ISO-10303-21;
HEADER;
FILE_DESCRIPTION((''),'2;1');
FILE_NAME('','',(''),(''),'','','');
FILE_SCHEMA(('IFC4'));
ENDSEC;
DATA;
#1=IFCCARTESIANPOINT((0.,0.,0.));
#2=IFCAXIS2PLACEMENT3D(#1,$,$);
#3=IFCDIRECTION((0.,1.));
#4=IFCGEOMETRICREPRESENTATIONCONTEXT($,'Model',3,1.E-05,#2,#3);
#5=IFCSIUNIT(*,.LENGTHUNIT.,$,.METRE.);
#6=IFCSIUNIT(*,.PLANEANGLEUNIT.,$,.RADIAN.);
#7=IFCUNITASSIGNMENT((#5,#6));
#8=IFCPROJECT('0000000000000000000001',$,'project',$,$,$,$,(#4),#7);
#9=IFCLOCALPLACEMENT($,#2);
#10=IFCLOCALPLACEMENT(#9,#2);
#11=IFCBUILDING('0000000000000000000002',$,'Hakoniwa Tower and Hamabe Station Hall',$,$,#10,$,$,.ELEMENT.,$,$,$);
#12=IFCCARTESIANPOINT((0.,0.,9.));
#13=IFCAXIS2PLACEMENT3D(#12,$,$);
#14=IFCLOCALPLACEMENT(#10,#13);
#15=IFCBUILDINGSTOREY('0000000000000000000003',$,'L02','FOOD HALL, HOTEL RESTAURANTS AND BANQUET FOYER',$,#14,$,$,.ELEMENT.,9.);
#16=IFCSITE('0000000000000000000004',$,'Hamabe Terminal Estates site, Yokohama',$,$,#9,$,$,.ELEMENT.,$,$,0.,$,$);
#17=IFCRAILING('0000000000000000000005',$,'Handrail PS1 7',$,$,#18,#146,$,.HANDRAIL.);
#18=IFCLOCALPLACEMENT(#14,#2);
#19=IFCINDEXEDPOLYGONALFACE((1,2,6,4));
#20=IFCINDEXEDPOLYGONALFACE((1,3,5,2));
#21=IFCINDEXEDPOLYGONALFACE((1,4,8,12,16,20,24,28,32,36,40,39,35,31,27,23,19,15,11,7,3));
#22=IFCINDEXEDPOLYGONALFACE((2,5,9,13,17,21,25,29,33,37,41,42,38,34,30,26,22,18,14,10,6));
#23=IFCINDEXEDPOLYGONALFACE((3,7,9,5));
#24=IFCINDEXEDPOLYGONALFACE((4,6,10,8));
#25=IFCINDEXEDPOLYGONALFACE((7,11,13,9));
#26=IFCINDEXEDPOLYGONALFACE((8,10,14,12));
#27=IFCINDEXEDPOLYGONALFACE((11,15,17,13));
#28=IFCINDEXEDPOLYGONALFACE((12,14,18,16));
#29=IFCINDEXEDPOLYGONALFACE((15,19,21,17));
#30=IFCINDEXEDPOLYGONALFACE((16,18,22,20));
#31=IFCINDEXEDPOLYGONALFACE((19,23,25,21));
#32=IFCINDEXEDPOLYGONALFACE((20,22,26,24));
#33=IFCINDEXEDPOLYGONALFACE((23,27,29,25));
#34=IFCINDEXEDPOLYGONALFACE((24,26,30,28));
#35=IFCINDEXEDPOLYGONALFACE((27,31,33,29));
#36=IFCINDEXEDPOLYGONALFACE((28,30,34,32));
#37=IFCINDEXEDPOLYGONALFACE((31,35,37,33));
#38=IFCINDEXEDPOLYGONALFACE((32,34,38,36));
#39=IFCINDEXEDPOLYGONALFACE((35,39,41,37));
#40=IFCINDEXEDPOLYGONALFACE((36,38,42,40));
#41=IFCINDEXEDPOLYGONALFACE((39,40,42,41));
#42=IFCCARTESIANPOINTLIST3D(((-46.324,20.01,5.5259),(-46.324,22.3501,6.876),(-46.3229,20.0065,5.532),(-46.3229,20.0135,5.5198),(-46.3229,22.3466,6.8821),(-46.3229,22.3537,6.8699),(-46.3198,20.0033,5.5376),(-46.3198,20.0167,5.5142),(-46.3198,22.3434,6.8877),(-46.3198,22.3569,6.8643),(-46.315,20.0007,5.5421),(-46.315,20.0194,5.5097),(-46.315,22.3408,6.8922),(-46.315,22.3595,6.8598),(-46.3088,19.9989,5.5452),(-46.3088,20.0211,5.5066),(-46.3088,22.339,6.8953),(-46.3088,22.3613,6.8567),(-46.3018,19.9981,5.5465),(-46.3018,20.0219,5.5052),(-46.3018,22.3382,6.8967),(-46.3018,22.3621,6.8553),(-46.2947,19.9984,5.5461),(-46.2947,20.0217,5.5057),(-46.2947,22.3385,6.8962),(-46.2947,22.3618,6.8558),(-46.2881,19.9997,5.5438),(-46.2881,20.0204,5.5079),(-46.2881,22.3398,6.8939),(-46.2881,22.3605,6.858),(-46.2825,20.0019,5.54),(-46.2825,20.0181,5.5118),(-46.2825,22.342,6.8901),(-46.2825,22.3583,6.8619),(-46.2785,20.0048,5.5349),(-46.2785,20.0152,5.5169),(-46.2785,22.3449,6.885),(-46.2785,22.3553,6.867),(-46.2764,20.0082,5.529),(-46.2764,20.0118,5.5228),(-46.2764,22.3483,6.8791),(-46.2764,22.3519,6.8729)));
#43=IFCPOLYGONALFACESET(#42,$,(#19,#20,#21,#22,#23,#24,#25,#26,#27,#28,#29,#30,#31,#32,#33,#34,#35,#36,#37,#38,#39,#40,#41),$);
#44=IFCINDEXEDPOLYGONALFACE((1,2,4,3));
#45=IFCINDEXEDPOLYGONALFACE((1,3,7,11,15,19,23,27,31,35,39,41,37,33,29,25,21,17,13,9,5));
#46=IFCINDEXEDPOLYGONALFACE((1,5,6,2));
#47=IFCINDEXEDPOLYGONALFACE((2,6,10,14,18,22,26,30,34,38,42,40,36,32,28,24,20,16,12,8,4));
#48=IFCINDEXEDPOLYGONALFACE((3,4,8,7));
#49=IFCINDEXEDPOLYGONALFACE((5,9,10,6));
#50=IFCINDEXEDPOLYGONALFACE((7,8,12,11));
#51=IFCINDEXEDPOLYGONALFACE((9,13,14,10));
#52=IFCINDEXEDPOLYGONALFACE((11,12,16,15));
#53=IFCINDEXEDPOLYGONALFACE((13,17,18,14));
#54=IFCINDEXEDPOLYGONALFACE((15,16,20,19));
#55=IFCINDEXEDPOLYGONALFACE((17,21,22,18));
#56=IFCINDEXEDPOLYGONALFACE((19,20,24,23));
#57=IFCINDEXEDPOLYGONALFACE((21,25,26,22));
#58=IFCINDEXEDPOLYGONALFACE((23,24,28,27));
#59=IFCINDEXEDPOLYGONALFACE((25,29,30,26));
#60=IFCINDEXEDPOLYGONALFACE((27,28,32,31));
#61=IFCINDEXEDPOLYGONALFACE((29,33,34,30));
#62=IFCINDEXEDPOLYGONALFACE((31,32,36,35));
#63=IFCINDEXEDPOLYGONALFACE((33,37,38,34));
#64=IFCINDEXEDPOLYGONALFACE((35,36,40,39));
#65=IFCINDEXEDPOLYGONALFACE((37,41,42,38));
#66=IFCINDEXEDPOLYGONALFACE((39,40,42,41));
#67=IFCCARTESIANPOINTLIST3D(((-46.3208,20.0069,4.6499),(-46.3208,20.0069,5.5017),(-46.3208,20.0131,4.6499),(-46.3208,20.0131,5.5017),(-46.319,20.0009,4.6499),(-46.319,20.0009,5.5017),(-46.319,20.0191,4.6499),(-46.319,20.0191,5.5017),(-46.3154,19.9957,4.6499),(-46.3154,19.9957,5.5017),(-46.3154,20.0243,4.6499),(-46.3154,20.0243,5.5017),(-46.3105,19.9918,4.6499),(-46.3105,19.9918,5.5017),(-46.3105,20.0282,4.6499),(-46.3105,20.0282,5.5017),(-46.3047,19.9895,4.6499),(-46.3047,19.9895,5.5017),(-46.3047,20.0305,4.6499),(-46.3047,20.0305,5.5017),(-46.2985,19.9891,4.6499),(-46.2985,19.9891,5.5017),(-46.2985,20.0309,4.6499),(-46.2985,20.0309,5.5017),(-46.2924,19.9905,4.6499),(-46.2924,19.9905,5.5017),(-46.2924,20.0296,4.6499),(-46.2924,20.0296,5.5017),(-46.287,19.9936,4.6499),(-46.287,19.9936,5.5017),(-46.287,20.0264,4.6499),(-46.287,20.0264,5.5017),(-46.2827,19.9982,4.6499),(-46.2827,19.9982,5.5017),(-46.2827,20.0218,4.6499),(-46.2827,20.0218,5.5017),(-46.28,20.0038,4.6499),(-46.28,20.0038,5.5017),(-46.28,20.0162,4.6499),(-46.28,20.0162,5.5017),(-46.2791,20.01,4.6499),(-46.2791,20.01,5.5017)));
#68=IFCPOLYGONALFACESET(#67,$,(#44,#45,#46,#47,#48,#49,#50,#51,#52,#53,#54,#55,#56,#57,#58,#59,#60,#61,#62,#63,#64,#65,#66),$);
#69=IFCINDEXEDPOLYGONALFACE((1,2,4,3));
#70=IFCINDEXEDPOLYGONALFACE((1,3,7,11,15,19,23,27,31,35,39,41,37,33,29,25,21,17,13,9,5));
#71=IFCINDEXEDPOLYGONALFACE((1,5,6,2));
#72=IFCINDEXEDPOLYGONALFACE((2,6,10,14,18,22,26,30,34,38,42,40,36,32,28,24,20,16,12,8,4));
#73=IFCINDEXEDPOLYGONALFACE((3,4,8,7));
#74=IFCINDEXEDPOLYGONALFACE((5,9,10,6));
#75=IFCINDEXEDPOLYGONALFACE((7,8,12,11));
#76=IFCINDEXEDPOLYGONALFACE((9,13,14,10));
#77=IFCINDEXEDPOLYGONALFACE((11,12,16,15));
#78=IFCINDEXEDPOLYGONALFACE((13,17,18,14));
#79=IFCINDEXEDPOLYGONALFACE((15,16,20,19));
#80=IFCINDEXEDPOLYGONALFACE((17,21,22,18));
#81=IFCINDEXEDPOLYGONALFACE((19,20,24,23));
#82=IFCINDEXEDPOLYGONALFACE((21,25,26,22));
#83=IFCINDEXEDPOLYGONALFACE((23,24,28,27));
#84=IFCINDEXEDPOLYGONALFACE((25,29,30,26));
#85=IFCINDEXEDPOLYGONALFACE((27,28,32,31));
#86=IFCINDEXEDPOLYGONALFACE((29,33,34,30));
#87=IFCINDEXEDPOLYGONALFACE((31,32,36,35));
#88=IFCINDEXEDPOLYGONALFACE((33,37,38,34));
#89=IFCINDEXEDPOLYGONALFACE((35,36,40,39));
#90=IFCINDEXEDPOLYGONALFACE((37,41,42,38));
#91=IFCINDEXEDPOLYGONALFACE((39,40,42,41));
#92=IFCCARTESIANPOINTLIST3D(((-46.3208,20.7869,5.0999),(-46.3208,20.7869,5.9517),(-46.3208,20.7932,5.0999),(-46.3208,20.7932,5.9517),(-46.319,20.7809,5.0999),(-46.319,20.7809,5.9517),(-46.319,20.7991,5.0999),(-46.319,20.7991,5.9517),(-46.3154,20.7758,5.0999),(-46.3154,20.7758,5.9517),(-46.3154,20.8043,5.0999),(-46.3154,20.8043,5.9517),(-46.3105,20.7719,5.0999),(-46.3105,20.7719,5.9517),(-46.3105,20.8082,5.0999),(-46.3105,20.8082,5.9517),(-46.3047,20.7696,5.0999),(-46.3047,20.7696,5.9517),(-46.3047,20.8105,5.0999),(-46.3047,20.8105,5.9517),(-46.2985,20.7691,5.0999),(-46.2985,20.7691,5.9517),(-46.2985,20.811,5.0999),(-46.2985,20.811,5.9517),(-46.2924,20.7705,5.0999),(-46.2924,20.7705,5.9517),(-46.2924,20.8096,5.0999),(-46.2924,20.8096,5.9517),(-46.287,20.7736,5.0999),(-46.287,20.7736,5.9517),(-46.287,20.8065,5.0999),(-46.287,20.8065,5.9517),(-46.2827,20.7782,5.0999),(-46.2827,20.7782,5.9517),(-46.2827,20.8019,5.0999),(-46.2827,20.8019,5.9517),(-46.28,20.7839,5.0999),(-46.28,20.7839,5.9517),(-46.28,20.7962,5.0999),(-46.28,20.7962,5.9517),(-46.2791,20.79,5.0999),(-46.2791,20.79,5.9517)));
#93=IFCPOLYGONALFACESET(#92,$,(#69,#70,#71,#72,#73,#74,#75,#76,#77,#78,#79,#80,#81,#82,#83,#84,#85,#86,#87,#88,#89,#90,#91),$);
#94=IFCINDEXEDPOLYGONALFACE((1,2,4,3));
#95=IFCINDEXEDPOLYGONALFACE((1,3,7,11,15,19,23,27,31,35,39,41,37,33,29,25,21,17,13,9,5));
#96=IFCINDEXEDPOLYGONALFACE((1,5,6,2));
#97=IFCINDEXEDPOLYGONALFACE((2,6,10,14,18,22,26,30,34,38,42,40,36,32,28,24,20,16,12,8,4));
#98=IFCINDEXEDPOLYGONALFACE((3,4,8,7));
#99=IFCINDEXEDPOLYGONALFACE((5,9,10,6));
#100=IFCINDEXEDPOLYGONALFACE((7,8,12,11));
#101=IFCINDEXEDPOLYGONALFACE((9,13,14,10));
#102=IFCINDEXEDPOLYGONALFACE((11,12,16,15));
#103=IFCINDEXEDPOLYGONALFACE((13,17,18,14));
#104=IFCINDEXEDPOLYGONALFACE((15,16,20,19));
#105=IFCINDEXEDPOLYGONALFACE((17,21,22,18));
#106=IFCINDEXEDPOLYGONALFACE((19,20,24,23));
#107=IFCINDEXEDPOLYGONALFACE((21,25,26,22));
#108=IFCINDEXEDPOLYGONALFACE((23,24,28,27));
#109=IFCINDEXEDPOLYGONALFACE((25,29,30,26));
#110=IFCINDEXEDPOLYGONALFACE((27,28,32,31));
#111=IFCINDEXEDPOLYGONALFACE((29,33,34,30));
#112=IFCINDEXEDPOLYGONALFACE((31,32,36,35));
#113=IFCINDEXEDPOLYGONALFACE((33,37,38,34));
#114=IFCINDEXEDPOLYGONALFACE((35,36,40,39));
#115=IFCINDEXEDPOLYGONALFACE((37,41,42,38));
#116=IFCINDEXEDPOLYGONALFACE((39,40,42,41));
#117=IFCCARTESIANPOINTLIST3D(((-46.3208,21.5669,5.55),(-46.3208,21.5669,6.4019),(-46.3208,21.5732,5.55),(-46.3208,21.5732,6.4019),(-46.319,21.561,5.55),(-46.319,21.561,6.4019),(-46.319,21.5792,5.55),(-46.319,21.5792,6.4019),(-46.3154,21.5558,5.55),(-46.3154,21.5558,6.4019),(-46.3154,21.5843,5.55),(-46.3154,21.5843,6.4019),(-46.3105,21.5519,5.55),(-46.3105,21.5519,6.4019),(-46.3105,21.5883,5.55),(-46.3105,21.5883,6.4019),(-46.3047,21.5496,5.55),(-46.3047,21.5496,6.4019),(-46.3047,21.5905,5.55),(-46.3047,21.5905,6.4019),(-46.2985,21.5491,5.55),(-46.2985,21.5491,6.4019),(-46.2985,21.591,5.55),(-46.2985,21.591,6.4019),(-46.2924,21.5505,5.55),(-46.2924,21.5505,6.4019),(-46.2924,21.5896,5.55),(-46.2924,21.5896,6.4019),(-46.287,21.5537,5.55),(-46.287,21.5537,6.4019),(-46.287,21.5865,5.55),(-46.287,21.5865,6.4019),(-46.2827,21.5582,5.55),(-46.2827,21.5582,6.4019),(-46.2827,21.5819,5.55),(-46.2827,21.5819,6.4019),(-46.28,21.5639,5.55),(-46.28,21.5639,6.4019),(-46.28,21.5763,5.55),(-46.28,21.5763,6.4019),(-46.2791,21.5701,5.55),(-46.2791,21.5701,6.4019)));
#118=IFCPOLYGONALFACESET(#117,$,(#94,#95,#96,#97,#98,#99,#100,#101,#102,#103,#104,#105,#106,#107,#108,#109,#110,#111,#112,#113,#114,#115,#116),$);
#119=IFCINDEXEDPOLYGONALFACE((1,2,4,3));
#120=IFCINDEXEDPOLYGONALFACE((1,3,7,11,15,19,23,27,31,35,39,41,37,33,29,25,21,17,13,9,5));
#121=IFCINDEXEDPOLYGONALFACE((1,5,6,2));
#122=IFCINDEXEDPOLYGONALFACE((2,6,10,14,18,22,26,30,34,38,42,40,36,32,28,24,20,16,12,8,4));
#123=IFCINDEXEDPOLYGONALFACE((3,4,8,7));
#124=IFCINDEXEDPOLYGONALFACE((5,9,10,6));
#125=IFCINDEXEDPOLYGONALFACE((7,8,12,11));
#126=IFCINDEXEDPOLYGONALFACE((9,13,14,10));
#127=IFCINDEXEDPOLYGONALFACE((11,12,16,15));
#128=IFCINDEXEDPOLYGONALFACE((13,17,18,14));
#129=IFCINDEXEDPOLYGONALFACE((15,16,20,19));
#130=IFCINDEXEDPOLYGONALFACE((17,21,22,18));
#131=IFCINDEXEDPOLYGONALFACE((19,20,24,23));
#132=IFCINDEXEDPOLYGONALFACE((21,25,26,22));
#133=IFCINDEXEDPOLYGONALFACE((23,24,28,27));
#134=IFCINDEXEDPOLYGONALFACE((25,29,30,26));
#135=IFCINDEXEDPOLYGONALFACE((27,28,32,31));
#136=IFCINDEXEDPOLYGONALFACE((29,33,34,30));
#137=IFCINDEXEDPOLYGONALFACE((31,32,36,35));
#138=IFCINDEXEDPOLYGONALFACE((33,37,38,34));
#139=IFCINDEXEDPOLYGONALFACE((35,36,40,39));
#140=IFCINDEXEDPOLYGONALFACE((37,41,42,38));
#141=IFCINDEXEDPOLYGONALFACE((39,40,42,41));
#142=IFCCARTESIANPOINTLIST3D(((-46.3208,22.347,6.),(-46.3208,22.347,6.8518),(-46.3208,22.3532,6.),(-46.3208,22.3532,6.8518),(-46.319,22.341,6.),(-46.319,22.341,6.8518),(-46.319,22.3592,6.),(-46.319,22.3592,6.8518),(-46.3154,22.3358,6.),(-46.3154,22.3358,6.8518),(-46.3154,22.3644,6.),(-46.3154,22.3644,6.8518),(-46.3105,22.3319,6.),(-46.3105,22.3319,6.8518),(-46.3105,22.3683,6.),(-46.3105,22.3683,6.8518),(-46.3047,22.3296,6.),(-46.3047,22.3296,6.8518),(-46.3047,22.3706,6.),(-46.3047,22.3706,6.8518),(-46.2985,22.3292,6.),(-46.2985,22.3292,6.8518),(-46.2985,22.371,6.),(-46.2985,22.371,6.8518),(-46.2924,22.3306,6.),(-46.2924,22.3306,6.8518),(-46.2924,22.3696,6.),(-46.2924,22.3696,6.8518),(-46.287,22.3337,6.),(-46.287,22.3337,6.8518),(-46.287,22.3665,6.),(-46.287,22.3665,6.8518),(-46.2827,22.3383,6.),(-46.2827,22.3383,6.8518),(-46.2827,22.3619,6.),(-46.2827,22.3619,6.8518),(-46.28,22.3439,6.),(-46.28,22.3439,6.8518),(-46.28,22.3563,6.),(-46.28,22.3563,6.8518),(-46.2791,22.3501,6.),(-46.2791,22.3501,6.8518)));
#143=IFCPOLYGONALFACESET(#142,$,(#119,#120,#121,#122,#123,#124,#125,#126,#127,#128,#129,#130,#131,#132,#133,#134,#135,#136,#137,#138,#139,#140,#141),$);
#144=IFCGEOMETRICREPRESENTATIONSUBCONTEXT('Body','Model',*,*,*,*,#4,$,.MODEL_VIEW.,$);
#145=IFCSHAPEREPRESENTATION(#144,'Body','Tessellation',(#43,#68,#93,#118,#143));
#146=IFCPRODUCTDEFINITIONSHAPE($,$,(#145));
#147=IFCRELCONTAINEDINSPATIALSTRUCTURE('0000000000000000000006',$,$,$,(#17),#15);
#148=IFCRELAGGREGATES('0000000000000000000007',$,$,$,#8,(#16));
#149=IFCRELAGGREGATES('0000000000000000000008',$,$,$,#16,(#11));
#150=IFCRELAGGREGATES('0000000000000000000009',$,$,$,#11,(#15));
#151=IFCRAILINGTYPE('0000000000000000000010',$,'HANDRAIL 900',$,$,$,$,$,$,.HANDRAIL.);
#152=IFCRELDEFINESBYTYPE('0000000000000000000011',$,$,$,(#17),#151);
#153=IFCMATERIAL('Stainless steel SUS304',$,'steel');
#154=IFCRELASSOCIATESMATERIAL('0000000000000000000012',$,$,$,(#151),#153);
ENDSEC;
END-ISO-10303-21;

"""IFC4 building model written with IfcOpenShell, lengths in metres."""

from ifc_helpers import new_model, si_unit, direction, frame, origin, origin_2d, place, context, subcontext, project, spatial, circle, extrude, material, type_object, element, save


model = new_model("IFC4")

# Units and contexts
model_context = context("Model", 3, precision=1e-05, world=origin(), true_north=direction((0.0, 1.0)))
body_context = subcontext(model_context, "Body", "Model", "MODEL_VIEW")
ifc_project = project(units=[si_unit("LENGTHUNIT", "METRE"), si_unit("PLANEANGLEUNIT", "RADIAN")], contexts=[model_context])

# Site, building, storey
site_placement = place(None, origin())
site = spatial("IfcSite", under=ifc_project, at=site_placement, Name="Hamabe Terminal Estates site, Yokohama", CompositionType="ELEMENT", RefElevation=0.0)
building_placement = place(site_placement, origin())
building = spatial("IfcBuilding", under=site, at=building_placement, Name="Hakoniwa Tower and Hamabe Station Hall", CompositionType="ELEMENT")
storey_placement = place(building_placement, frame((0.0, 0.0, 9.0)))
storey = spatial("IfcBuildingStorey", under=building, at=storey_placement, Name="L02", Description="FOOD HALL, HOTEL RESTAURANTS AND BANQUET FOYER", CompositionType="ELEMENT", Elevation=9.0)

# Railing
ifc_material_1 = material(Name="Stainless steel SUS304", Category="steel")
railing_type_1 = type_object("IfcRailingType", Name="HANDRAIL 900", PredefinedType="HANDRAIL", material=ifc_material_1)
for number, where, name in (
    (1, (-46.3, 20.01, 4.6499), "Handrail PS1 7"),
):
    element("IfcRailing", number, at=place(storey_placement, frame(where)), inside=storey, type_object=railing_type_1, Name=name, PredefinedType="HANDRAIL", context=body_context, shape_type="SweptSolid", body=[
        extrude(circle(Radius=0.0239, at=origin_2d()), frame((0.0, 0.0, 0.876), z_axis=(0.0, 0.866178, 0.499735), x_axis=(-1.0, 0.0, 0.0)), (0.0, 0.0, 1.0), 2.7017),
        extrude(circle(Radius=0.021, at=origin_2d()), origin(), (0.0, 0.0, 1.0), 0.8518),
        extrude(circle(Radius=0.021, at=origin_2d()), frame((0.0, 0.78, 0.45)), (0.0, 0.0, 1.0), 0.8518),
        extrude(circle(Radius=0.021, at=origin_2d()), frame((0.0, 1.5601, 0.9001)), (0.0, 0.0, 1.0), 0.8518),
        extrude(circle(Radius=0.021, at=origin_2d()), frame((0.0, 2.3401, 1.3501)), (0.0, 0.0, 1.0), 0.8518),
    ])

save(model, "model.ifc")
